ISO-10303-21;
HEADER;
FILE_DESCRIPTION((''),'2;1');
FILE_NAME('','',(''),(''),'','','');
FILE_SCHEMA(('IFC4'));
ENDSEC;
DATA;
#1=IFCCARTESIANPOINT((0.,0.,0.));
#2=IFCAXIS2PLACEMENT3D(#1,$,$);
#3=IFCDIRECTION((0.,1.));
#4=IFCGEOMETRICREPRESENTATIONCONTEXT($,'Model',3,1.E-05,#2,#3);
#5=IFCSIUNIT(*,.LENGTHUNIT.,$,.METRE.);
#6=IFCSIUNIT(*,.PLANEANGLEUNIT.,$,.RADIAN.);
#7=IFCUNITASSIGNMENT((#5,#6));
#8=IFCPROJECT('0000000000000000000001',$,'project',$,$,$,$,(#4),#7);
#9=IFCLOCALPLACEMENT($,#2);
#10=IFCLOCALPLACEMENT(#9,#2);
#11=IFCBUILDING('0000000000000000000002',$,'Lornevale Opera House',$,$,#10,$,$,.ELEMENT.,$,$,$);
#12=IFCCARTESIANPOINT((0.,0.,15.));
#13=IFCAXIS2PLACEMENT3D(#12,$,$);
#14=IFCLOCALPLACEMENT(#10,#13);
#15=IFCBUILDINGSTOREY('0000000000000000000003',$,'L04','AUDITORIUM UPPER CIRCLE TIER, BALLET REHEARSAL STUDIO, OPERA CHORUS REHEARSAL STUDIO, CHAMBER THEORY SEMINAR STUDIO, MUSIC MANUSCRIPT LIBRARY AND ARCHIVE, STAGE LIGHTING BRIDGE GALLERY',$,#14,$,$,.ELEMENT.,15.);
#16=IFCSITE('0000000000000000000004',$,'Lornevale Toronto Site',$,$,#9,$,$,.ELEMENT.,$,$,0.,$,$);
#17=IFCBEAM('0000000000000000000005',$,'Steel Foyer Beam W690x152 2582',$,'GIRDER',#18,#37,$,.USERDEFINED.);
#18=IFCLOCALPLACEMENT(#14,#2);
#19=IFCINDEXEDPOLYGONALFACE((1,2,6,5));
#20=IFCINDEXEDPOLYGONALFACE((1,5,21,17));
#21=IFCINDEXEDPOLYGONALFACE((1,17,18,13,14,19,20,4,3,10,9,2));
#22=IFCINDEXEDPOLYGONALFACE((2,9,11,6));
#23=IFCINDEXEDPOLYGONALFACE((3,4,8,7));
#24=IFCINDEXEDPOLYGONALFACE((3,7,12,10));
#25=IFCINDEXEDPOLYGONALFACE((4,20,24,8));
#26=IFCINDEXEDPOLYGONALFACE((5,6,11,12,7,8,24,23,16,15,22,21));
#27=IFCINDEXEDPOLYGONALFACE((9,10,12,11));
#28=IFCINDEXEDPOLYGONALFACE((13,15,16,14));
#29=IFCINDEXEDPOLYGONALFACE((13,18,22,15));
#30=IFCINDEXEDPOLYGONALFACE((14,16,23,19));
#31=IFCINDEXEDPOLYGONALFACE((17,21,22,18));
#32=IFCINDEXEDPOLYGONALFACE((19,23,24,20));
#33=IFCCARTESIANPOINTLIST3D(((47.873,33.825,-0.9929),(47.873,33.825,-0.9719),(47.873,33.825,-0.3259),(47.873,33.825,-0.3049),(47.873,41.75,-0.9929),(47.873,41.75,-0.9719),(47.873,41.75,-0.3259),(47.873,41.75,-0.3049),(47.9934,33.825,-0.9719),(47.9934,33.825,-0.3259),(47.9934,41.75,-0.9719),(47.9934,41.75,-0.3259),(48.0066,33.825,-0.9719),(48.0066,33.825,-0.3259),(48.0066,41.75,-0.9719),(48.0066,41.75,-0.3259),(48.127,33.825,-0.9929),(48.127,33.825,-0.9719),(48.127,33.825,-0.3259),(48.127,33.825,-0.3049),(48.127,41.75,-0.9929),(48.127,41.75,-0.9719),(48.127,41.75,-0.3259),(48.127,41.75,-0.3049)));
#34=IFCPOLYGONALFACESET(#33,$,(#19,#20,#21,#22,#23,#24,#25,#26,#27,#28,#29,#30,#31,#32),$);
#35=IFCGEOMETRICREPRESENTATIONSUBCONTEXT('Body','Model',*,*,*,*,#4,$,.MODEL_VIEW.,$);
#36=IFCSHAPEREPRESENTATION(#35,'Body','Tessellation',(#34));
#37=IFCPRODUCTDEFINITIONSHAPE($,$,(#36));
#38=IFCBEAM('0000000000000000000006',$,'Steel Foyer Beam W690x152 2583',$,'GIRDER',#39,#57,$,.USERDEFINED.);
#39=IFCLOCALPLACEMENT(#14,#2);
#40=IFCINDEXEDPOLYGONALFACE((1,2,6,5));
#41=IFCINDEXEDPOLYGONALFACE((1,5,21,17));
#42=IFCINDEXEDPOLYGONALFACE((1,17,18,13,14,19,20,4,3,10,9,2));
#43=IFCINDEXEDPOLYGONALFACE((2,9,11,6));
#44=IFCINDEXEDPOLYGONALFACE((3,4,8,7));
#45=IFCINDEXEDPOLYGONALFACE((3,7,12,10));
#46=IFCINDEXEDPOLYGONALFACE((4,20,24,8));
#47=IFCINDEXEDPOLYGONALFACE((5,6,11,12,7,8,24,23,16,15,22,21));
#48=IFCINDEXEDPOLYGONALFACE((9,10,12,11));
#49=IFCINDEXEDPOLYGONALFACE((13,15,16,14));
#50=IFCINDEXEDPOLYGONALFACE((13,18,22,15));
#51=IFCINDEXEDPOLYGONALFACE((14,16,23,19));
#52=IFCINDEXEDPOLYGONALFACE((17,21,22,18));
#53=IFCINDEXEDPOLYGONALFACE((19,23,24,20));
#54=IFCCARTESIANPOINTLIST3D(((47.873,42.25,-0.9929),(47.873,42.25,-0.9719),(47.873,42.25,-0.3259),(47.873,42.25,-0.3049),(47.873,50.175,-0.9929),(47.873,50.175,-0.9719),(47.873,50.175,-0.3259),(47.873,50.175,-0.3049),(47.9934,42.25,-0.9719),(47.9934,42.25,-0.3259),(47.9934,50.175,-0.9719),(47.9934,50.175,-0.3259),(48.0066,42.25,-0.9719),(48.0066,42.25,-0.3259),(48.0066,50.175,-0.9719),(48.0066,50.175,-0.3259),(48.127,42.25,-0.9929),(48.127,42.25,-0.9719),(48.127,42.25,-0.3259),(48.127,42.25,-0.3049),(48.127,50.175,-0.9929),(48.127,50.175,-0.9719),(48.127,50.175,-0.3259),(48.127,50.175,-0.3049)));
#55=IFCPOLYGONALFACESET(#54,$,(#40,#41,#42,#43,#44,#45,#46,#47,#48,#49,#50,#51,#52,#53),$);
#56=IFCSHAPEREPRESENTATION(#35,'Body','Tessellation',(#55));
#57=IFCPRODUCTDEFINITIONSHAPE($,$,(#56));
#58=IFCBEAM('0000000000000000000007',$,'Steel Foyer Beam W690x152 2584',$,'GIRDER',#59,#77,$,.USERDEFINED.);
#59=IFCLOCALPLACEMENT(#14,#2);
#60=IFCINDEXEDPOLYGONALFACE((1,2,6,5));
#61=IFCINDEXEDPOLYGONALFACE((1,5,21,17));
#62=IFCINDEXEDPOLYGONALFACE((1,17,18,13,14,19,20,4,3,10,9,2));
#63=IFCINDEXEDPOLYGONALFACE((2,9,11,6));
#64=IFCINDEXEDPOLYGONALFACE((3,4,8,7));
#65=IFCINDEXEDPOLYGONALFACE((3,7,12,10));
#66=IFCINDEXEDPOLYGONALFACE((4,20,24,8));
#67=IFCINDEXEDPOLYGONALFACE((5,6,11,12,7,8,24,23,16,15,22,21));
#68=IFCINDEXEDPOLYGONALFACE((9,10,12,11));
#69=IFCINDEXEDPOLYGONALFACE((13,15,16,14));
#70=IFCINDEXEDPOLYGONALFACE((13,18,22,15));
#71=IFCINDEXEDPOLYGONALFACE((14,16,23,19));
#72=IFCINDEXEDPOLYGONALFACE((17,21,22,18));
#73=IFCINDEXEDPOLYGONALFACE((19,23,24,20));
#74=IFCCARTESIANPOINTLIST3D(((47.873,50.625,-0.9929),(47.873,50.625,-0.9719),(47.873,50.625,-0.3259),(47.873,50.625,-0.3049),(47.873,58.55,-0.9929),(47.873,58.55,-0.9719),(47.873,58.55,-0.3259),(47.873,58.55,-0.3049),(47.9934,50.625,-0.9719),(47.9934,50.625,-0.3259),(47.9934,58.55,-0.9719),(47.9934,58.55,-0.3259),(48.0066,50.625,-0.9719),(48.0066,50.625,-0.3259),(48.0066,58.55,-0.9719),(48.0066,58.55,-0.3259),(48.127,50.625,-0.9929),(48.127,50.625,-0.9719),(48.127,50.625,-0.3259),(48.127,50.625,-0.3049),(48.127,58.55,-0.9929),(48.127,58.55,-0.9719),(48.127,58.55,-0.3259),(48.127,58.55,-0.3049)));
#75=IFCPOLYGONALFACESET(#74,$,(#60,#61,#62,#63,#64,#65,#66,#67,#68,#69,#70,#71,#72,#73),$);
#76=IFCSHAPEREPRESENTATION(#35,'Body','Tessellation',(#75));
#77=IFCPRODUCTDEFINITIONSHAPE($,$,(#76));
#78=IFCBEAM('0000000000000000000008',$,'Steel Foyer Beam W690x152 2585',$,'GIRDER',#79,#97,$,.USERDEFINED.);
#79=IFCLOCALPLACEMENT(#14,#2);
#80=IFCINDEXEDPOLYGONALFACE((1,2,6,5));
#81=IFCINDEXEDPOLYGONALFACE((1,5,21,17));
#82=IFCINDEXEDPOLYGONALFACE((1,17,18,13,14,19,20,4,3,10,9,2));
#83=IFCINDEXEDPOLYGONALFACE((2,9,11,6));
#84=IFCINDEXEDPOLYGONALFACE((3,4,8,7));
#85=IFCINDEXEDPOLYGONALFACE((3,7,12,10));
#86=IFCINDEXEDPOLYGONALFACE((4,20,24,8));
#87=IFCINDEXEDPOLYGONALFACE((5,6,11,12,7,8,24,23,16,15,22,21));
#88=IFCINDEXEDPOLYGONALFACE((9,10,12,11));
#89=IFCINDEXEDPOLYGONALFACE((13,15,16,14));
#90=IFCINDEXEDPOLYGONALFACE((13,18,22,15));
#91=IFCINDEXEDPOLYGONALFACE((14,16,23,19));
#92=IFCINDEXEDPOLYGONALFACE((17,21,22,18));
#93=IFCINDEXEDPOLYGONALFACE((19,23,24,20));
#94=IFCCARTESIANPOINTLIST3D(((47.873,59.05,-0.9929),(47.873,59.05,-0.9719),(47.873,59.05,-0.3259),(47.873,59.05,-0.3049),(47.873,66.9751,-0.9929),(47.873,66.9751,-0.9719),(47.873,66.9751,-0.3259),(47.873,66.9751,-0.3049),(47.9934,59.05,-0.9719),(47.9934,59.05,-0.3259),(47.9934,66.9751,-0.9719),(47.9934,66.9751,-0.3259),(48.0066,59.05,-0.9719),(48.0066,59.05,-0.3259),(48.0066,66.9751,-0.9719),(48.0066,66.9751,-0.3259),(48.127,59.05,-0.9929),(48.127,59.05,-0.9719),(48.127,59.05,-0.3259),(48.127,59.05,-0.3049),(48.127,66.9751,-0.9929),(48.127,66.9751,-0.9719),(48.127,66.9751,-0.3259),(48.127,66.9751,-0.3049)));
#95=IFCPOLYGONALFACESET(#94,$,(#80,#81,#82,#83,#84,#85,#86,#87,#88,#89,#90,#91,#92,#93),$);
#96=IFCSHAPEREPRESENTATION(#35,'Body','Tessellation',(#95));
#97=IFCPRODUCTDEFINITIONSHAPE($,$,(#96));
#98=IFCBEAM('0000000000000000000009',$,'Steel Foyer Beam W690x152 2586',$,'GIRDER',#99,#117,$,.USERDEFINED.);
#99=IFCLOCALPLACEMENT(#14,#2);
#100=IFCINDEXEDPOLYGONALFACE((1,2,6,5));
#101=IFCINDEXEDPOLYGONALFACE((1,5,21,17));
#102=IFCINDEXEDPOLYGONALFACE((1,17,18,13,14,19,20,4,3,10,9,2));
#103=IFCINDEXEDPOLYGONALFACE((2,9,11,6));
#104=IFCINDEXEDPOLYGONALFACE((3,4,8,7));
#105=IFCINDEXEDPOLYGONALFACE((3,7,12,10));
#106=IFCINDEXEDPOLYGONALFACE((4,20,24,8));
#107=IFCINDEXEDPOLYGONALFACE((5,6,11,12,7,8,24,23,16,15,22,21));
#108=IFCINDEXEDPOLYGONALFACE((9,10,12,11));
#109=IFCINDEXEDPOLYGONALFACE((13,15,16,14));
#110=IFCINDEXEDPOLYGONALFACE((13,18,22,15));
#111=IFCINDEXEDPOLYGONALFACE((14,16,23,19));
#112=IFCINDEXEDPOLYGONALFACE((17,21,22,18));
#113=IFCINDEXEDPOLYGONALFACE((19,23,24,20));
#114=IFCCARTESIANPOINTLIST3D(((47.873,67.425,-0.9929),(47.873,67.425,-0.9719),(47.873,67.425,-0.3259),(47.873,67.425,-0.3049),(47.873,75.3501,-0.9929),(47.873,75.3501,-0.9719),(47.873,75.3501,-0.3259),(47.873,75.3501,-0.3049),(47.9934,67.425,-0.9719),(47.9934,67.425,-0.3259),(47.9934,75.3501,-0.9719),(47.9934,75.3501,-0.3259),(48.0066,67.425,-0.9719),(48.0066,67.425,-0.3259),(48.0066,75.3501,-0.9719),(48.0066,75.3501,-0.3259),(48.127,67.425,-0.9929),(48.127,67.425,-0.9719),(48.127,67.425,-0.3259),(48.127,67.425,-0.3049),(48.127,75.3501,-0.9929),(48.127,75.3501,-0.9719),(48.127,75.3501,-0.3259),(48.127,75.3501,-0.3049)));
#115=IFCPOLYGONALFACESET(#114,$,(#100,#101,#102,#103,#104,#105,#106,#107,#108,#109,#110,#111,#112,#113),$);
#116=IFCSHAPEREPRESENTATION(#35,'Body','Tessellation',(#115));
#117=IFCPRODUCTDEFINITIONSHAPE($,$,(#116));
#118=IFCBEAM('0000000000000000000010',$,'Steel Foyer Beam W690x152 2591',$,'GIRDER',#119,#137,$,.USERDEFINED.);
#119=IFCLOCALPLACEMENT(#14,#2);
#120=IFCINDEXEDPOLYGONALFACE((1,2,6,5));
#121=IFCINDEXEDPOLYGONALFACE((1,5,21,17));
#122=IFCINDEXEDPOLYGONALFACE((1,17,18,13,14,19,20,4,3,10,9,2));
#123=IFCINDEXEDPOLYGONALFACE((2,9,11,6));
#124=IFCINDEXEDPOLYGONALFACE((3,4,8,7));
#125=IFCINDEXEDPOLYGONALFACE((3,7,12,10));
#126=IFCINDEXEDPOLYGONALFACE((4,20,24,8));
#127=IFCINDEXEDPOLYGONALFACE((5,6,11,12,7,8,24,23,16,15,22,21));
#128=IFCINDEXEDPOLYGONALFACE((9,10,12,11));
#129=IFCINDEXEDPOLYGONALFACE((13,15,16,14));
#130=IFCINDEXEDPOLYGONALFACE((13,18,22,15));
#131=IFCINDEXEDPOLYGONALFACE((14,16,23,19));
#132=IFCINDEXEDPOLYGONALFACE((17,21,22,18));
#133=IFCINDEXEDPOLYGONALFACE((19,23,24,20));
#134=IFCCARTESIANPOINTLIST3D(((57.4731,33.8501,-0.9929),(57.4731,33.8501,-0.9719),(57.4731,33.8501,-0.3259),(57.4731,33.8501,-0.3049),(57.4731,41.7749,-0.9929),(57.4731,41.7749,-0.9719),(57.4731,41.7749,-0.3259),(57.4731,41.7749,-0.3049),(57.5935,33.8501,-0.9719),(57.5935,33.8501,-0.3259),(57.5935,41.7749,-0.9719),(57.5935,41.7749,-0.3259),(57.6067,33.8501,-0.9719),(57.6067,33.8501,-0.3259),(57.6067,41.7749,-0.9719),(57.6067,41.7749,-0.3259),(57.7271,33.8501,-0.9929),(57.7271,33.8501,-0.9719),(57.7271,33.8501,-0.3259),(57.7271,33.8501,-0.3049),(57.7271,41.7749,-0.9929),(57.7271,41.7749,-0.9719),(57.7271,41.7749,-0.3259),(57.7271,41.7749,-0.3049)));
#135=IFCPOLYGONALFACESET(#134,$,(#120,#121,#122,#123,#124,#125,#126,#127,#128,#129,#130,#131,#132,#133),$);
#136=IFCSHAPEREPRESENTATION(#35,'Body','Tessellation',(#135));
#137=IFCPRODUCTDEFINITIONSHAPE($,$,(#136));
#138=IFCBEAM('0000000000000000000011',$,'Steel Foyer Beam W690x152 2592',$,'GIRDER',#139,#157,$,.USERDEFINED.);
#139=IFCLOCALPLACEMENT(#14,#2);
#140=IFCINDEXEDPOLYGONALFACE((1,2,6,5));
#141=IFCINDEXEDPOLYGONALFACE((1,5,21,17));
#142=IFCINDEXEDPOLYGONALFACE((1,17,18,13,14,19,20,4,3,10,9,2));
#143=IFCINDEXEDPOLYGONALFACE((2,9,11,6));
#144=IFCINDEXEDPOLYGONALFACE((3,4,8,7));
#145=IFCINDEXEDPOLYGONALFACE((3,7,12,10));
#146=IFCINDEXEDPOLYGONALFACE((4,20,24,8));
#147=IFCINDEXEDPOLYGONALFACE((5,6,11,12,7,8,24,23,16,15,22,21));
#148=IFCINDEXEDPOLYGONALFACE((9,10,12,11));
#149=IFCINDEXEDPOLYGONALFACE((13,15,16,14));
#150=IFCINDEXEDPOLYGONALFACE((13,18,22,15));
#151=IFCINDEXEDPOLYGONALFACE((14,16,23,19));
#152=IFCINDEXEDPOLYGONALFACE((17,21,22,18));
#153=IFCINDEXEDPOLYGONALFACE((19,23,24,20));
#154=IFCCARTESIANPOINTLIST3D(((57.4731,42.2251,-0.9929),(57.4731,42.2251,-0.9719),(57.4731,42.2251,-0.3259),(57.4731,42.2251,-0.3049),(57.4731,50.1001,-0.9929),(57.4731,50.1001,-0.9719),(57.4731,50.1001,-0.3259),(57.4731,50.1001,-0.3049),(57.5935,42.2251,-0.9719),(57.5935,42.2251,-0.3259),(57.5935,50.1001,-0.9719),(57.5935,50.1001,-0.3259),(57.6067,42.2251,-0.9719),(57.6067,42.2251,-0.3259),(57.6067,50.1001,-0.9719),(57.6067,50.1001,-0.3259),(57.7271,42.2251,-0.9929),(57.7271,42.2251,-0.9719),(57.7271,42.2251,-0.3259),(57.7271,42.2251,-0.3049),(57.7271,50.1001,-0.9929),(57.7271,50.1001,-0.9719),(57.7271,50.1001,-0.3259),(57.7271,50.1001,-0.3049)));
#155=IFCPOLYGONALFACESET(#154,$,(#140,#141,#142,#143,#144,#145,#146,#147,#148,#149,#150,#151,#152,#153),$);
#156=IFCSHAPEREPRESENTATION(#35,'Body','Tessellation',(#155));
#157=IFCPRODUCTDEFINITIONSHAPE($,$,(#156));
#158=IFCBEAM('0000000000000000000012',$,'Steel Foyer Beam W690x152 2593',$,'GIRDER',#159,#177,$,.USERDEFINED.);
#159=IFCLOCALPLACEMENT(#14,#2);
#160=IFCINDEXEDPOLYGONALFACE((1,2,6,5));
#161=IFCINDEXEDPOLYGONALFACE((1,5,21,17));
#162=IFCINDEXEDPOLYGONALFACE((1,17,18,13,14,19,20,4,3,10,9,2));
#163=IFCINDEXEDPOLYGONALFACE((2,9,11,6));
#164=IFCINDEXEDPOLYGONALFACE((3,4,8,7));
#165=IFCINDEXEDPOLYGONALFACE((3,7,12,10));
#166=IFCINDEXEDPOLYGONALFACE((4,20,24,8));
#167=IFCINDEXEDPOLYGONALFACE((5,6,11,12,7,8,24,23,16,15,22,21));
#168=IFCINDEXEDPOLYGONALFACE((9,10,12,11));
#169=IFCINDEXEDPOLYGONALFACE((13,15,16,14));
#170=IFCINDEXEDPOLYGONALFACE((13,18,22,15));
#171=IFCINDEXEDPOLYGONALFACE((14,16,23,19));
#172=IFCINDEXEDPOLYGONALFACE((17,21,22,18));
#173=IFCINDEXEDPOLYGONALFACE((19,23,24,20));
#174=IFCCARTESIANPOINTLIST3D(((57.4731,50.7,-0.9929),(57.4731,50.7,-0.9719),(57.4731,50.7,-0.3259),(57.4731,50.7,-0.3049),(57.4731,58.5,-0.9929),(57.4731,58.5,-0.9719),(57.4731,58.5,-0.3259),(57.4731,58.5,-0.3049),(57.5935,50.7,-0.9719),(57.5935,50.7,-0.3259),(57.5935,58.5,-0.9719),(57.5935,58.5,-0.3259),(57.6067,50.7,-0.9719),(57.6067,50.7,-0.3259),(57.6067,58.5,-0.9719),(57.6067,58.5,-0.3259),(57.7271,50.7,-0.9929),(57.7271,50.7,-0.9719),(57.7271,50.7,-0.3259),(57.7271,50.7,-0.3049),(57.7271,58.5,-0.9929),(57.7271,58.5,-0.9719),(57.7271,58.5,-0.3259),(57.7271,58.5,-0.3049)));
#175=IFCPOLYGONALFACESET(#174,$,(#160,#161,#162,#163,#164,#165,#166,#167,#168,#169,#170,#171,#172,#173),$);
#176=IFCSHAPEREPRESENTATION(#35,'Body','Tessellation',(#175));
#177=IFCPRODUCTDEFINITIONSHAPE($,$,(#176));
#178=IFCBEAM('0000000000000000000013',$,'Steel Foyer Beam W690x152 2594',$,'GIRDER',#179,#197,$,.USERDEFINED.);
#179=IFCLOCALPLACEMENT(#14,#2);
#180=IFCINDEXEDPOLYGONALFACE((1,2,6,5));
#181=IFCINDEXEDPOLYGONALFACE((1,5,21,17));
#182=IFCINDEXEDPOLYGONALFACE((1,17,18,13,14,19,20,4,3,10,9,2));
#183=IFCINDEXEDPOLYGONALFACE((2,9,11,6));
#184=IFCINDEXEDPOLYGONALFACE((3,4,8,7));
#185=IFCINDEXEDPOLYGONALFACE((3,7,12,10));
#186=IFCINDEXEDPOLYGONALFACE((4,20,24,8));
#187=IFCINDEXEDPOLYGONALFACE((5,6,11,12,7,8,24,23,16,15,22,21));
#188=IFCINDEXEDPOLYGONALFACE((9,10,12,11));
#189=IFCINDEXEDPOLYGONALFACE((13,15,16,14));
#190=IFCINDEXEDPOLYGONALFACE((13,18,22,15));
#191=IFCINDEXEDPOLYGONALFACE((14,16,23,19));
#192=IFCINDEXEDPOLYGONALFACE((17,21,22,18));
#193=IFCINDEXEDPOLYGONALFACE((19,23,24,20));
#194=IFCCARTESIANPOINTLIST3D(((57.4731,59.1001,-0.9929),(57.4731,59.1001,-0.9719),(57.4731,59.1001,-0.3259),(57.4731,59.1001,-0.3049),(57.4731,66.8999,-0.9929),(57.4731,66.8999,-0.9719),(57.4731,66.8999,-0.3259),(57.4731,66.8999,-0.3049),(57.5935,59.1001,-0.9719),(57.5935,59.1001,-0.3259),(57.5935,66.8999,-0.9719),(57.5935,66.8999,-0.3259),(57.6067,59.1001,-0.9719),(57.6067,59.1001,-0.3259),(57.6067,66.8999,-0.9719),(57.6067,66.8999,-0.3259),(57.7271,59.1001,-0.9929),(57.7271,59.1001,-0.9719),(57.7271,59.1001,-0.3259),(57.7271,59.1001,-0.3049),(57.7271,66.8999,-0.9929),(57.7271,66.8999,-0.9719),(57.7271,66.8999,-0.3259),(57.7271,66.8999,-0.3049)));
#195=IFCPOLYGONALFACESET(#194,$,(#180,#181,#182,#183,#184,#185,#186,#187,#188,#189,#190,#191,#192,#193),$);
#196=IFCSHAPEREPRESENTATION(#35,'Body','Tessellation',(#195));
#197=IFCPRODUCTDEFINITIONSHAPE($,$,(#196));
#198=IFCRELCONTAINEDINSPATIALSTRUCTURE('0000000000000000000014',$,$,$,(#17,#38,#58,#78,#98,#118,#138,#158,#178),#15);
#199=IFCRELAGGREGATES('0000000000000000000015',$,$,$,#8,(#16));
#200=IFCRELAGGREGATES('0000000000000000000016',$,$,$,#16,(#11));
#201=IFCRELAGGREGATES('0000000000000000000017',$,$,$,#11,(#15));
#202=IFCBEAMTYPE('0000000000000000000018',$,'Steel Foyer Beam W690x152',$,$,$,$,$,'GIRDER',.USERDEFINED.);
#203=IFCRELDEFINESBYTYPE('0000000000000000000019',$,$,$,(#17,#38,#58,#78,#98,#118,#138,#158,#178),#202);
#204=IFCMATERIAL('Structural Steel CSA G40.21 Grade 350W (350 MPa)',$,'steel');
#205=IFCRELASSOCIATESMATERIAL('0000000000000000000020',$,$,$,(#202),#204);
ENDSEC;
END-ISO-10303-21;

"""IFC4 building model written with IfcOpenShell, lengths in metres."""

from ifc_helpers import new_model, si_unit, direction, frame, origin, origin_2d, place, context, subcontext, project, spatial, i_section, extrude, material, material_profile, profile_set, type_object, element, save


model = new_model("IFC4")

# Units and contexts
model_context = context("Model", 3, precision=1e-05, world=origin(), true_north=direction((0.0, 1.0)))
body_context = subcontext(model_context, "Body", "Model", "MODEL_VIEW")
ifc_project = project(units=[si_unit("LENGTHUNIT", "METRE"), si_unit("PLANEANGLEUNIT", "RADIAN")], contexts=[model_context])

# Site, building, storey
site_placement = place(None, origin())
site = spatial("IfcSite", under=ifc_project, at=site_placement, Name="Lornevale Toronto Site", CompositionType="ELEMENT", RefElevation=0.0)
building_placement = place(site_placement, origin())
building = spatial("IfcBuilding", under=site, at=building_placement, Name="Lornevale Opera House", CompositionType="ELEMENT")
storey_placement = place(building_placement, frame((0.0, 0.0, 15.0)))
storey = spatial("IfcBuildingStorey", under=building, at=storey_placement, Name="L04", Description="AUDITORIUM UPPER CIRCLE TIER, BALLET REHEARSAL STUDIO, OPERA CHORUS REHEARSAL STUDIO, CHAMBER THEORY SEMINAR STUDIO, MUSIC MANUSCRIPT LIBRARY AND ARCHIVE, STAGE LIGHTING BRIDGE GALLERY", CompositionType="ELEMENT", Elevation=15.0)

# Shared definitions
ifc_material_1 = material(Name="Structural Steel CSA G40.21 Grade 350W (350 MPa)", Category="steel")

# Beams
ifc_material_profile_1 = material_profile(ifc_material_1, i_section(OverallWidth=0.2539, OverallDepth=0.688, WebThickness=0.0132, FlangeThickness=0.021, at=origin_2d()), Name="W690x152")
ifc_profile_set_1 = profile_set([ifc_material_profile_1], Name="Structural Steel CSA G40.21 Grade 350W (350 MPa)")
beam_type_1 = type_object("IfcBeamType", Name="Steel Foyer Beam W690x152", ElementType="GIRDER", PredefinedType="USERDEFINED", material=ifc_profile_set_1)
for number, where, z_axis, x_axis, name in (
    (1, (48.0, 33.825, -0.6489), (0.0, 1.0, 0.0), (-1.0, 0.0, 0.0), "Steel Foyer Beam W690x152 2582"),
    (2, (48.0, 42.25, -0.6489), (0.0, 1.0, 0.0), (-1.0, 0.0, 0.0), "Steel Foyer Beam W690x152 2583"),
    (3, (48.0, 50.625, -0.6489), (0.0, 1.0, 0.0), (-1.0, 0.0, 0.0), "Steel Foyer Beam W690x152 2584"),
    (4, (48.0, 59.05, -0.6489), (0.0, 1.0, 0.0), (-1.0, 0.0, 0.0), "Steel Foyer Beam W690x152 2585"),
    (5, (48.0, 67.425, -0.6489), (0.0, 1.0, 0.0), (-1.0, 0.0, 0.0), "Steel Foyer Beam W690x152 2586"),
):
    element("IfcBeam", number, at=place(storey_placement, frame(where, z_axis=z_axis, x_axis=x_axis)), inside=storey, type_object=beam_type_1, Name=name, ObjectType="GIRDER", PredefinedType="USERDEFINED", context=body_context, shape_type="SweptSolid", body=[
        extrude(i_section(OverallWidth=0.2539, OverallDepth=0.688, WebThickness=0.0132, FlangeThickness=0.021, at=origin_2d()), origin(), (0.0, 0.0, 1.0), 7.925),
    ])
beam_1_placement = place(storey_placement, frame((57.6001, 33.8501, -0.6489), z_axis=(0.0, 1.0, 0.0), x_axis=(-1.0, 0.0, 0.0)))
element("IfcBeam", 6, at=beam_1_placement, inside=storey, type_object=beam_type_1, Name="Steel Foyer Beam W690x152 2591", ObjectType="GIRDER", PredefinedType="USERDEFINED", context=body_context, shape_type="SweptSolid", body=[
    extrude(i_section(OverallWidth=0.2539, OverallDepth=0.688, WebThickness=0.0132, FlangeThickness=0.021, at=origin_2d()), origin(), (0.0, 0.0, 1.0), 7.9248),
])
beam_2_placement = place(storey_placement, frame((57.6001, 42.2251, -0.6489), z_axis=(0.0, 1.0, 0.0), x_axis=(-1.0, 0.0, 0.0)))
element("IfcBeam", 7, at=beam_2_placement, inside=storey, type_object=beam_type_1, Name="Steel Foyer Beam W690x152 2592", ObjectType="GIRDER", PredefinedType="USERDEFINED", context=body_context, shape_type="SweptSolid", body=[
    extrude(i_section(OverallWidth=0.2539, OverallDepth=0.688, WebThickness=0.0132, FlangeThickness=0.021, at=origin_2d()), origin(), (0.0, 0.0, 1.0), 7.875),
])
beam_3_placement = place(storey_placement, frame((57.6001, 50.7, -0.6489), z_axis=(0.0, 1.0, 0.0), x_axis=(-1.0, 0.0, 0.0)))
element("IfcBeam", 8, at=beam_3_placement, inside=storey, type_object=beam_type_1, Name="Steel Foyer Beam W690x152 2593", ObjectType="GIRDER", PredefinedType="USERDEFINED", context=body_context, shape_type="SweptSolid", body=[
    extrude(i_section(OverallWidth=0.2539, OverallDepth=0.688, WebThickness=0.0132, FlangeThickness=0.021, at=origin_2d()), origin(), (0.0, 0.0, 1.0), 7.8),
])
beam_4_placement = place(storey_placement, frame((57.6001, 59.1001, -0.6489), z_axis=(0.0, 1.0, 0.0), x_axis=(-1.0, 0.0, 0.0)))
element("IfcBeam", 9, at=beam_4_placement, inside=storey, type_object=beam_type_1, Name="Steel Foyer Beam W690x152 2594", ObjectType="GIRDER", PredefinedType="USERDEFINED", context=body_context, shape_type="SweptSolid", body=[
    extrude(i_section(OverallWidth=0.2539, OverallDepth=0.688, WebThickness=0.0132, FlangeThickness=0.021, at=origin_2d()), origin(), (0.0, 0.0, 1.0), 7.7998),
])

save(model, "model.ifc")
